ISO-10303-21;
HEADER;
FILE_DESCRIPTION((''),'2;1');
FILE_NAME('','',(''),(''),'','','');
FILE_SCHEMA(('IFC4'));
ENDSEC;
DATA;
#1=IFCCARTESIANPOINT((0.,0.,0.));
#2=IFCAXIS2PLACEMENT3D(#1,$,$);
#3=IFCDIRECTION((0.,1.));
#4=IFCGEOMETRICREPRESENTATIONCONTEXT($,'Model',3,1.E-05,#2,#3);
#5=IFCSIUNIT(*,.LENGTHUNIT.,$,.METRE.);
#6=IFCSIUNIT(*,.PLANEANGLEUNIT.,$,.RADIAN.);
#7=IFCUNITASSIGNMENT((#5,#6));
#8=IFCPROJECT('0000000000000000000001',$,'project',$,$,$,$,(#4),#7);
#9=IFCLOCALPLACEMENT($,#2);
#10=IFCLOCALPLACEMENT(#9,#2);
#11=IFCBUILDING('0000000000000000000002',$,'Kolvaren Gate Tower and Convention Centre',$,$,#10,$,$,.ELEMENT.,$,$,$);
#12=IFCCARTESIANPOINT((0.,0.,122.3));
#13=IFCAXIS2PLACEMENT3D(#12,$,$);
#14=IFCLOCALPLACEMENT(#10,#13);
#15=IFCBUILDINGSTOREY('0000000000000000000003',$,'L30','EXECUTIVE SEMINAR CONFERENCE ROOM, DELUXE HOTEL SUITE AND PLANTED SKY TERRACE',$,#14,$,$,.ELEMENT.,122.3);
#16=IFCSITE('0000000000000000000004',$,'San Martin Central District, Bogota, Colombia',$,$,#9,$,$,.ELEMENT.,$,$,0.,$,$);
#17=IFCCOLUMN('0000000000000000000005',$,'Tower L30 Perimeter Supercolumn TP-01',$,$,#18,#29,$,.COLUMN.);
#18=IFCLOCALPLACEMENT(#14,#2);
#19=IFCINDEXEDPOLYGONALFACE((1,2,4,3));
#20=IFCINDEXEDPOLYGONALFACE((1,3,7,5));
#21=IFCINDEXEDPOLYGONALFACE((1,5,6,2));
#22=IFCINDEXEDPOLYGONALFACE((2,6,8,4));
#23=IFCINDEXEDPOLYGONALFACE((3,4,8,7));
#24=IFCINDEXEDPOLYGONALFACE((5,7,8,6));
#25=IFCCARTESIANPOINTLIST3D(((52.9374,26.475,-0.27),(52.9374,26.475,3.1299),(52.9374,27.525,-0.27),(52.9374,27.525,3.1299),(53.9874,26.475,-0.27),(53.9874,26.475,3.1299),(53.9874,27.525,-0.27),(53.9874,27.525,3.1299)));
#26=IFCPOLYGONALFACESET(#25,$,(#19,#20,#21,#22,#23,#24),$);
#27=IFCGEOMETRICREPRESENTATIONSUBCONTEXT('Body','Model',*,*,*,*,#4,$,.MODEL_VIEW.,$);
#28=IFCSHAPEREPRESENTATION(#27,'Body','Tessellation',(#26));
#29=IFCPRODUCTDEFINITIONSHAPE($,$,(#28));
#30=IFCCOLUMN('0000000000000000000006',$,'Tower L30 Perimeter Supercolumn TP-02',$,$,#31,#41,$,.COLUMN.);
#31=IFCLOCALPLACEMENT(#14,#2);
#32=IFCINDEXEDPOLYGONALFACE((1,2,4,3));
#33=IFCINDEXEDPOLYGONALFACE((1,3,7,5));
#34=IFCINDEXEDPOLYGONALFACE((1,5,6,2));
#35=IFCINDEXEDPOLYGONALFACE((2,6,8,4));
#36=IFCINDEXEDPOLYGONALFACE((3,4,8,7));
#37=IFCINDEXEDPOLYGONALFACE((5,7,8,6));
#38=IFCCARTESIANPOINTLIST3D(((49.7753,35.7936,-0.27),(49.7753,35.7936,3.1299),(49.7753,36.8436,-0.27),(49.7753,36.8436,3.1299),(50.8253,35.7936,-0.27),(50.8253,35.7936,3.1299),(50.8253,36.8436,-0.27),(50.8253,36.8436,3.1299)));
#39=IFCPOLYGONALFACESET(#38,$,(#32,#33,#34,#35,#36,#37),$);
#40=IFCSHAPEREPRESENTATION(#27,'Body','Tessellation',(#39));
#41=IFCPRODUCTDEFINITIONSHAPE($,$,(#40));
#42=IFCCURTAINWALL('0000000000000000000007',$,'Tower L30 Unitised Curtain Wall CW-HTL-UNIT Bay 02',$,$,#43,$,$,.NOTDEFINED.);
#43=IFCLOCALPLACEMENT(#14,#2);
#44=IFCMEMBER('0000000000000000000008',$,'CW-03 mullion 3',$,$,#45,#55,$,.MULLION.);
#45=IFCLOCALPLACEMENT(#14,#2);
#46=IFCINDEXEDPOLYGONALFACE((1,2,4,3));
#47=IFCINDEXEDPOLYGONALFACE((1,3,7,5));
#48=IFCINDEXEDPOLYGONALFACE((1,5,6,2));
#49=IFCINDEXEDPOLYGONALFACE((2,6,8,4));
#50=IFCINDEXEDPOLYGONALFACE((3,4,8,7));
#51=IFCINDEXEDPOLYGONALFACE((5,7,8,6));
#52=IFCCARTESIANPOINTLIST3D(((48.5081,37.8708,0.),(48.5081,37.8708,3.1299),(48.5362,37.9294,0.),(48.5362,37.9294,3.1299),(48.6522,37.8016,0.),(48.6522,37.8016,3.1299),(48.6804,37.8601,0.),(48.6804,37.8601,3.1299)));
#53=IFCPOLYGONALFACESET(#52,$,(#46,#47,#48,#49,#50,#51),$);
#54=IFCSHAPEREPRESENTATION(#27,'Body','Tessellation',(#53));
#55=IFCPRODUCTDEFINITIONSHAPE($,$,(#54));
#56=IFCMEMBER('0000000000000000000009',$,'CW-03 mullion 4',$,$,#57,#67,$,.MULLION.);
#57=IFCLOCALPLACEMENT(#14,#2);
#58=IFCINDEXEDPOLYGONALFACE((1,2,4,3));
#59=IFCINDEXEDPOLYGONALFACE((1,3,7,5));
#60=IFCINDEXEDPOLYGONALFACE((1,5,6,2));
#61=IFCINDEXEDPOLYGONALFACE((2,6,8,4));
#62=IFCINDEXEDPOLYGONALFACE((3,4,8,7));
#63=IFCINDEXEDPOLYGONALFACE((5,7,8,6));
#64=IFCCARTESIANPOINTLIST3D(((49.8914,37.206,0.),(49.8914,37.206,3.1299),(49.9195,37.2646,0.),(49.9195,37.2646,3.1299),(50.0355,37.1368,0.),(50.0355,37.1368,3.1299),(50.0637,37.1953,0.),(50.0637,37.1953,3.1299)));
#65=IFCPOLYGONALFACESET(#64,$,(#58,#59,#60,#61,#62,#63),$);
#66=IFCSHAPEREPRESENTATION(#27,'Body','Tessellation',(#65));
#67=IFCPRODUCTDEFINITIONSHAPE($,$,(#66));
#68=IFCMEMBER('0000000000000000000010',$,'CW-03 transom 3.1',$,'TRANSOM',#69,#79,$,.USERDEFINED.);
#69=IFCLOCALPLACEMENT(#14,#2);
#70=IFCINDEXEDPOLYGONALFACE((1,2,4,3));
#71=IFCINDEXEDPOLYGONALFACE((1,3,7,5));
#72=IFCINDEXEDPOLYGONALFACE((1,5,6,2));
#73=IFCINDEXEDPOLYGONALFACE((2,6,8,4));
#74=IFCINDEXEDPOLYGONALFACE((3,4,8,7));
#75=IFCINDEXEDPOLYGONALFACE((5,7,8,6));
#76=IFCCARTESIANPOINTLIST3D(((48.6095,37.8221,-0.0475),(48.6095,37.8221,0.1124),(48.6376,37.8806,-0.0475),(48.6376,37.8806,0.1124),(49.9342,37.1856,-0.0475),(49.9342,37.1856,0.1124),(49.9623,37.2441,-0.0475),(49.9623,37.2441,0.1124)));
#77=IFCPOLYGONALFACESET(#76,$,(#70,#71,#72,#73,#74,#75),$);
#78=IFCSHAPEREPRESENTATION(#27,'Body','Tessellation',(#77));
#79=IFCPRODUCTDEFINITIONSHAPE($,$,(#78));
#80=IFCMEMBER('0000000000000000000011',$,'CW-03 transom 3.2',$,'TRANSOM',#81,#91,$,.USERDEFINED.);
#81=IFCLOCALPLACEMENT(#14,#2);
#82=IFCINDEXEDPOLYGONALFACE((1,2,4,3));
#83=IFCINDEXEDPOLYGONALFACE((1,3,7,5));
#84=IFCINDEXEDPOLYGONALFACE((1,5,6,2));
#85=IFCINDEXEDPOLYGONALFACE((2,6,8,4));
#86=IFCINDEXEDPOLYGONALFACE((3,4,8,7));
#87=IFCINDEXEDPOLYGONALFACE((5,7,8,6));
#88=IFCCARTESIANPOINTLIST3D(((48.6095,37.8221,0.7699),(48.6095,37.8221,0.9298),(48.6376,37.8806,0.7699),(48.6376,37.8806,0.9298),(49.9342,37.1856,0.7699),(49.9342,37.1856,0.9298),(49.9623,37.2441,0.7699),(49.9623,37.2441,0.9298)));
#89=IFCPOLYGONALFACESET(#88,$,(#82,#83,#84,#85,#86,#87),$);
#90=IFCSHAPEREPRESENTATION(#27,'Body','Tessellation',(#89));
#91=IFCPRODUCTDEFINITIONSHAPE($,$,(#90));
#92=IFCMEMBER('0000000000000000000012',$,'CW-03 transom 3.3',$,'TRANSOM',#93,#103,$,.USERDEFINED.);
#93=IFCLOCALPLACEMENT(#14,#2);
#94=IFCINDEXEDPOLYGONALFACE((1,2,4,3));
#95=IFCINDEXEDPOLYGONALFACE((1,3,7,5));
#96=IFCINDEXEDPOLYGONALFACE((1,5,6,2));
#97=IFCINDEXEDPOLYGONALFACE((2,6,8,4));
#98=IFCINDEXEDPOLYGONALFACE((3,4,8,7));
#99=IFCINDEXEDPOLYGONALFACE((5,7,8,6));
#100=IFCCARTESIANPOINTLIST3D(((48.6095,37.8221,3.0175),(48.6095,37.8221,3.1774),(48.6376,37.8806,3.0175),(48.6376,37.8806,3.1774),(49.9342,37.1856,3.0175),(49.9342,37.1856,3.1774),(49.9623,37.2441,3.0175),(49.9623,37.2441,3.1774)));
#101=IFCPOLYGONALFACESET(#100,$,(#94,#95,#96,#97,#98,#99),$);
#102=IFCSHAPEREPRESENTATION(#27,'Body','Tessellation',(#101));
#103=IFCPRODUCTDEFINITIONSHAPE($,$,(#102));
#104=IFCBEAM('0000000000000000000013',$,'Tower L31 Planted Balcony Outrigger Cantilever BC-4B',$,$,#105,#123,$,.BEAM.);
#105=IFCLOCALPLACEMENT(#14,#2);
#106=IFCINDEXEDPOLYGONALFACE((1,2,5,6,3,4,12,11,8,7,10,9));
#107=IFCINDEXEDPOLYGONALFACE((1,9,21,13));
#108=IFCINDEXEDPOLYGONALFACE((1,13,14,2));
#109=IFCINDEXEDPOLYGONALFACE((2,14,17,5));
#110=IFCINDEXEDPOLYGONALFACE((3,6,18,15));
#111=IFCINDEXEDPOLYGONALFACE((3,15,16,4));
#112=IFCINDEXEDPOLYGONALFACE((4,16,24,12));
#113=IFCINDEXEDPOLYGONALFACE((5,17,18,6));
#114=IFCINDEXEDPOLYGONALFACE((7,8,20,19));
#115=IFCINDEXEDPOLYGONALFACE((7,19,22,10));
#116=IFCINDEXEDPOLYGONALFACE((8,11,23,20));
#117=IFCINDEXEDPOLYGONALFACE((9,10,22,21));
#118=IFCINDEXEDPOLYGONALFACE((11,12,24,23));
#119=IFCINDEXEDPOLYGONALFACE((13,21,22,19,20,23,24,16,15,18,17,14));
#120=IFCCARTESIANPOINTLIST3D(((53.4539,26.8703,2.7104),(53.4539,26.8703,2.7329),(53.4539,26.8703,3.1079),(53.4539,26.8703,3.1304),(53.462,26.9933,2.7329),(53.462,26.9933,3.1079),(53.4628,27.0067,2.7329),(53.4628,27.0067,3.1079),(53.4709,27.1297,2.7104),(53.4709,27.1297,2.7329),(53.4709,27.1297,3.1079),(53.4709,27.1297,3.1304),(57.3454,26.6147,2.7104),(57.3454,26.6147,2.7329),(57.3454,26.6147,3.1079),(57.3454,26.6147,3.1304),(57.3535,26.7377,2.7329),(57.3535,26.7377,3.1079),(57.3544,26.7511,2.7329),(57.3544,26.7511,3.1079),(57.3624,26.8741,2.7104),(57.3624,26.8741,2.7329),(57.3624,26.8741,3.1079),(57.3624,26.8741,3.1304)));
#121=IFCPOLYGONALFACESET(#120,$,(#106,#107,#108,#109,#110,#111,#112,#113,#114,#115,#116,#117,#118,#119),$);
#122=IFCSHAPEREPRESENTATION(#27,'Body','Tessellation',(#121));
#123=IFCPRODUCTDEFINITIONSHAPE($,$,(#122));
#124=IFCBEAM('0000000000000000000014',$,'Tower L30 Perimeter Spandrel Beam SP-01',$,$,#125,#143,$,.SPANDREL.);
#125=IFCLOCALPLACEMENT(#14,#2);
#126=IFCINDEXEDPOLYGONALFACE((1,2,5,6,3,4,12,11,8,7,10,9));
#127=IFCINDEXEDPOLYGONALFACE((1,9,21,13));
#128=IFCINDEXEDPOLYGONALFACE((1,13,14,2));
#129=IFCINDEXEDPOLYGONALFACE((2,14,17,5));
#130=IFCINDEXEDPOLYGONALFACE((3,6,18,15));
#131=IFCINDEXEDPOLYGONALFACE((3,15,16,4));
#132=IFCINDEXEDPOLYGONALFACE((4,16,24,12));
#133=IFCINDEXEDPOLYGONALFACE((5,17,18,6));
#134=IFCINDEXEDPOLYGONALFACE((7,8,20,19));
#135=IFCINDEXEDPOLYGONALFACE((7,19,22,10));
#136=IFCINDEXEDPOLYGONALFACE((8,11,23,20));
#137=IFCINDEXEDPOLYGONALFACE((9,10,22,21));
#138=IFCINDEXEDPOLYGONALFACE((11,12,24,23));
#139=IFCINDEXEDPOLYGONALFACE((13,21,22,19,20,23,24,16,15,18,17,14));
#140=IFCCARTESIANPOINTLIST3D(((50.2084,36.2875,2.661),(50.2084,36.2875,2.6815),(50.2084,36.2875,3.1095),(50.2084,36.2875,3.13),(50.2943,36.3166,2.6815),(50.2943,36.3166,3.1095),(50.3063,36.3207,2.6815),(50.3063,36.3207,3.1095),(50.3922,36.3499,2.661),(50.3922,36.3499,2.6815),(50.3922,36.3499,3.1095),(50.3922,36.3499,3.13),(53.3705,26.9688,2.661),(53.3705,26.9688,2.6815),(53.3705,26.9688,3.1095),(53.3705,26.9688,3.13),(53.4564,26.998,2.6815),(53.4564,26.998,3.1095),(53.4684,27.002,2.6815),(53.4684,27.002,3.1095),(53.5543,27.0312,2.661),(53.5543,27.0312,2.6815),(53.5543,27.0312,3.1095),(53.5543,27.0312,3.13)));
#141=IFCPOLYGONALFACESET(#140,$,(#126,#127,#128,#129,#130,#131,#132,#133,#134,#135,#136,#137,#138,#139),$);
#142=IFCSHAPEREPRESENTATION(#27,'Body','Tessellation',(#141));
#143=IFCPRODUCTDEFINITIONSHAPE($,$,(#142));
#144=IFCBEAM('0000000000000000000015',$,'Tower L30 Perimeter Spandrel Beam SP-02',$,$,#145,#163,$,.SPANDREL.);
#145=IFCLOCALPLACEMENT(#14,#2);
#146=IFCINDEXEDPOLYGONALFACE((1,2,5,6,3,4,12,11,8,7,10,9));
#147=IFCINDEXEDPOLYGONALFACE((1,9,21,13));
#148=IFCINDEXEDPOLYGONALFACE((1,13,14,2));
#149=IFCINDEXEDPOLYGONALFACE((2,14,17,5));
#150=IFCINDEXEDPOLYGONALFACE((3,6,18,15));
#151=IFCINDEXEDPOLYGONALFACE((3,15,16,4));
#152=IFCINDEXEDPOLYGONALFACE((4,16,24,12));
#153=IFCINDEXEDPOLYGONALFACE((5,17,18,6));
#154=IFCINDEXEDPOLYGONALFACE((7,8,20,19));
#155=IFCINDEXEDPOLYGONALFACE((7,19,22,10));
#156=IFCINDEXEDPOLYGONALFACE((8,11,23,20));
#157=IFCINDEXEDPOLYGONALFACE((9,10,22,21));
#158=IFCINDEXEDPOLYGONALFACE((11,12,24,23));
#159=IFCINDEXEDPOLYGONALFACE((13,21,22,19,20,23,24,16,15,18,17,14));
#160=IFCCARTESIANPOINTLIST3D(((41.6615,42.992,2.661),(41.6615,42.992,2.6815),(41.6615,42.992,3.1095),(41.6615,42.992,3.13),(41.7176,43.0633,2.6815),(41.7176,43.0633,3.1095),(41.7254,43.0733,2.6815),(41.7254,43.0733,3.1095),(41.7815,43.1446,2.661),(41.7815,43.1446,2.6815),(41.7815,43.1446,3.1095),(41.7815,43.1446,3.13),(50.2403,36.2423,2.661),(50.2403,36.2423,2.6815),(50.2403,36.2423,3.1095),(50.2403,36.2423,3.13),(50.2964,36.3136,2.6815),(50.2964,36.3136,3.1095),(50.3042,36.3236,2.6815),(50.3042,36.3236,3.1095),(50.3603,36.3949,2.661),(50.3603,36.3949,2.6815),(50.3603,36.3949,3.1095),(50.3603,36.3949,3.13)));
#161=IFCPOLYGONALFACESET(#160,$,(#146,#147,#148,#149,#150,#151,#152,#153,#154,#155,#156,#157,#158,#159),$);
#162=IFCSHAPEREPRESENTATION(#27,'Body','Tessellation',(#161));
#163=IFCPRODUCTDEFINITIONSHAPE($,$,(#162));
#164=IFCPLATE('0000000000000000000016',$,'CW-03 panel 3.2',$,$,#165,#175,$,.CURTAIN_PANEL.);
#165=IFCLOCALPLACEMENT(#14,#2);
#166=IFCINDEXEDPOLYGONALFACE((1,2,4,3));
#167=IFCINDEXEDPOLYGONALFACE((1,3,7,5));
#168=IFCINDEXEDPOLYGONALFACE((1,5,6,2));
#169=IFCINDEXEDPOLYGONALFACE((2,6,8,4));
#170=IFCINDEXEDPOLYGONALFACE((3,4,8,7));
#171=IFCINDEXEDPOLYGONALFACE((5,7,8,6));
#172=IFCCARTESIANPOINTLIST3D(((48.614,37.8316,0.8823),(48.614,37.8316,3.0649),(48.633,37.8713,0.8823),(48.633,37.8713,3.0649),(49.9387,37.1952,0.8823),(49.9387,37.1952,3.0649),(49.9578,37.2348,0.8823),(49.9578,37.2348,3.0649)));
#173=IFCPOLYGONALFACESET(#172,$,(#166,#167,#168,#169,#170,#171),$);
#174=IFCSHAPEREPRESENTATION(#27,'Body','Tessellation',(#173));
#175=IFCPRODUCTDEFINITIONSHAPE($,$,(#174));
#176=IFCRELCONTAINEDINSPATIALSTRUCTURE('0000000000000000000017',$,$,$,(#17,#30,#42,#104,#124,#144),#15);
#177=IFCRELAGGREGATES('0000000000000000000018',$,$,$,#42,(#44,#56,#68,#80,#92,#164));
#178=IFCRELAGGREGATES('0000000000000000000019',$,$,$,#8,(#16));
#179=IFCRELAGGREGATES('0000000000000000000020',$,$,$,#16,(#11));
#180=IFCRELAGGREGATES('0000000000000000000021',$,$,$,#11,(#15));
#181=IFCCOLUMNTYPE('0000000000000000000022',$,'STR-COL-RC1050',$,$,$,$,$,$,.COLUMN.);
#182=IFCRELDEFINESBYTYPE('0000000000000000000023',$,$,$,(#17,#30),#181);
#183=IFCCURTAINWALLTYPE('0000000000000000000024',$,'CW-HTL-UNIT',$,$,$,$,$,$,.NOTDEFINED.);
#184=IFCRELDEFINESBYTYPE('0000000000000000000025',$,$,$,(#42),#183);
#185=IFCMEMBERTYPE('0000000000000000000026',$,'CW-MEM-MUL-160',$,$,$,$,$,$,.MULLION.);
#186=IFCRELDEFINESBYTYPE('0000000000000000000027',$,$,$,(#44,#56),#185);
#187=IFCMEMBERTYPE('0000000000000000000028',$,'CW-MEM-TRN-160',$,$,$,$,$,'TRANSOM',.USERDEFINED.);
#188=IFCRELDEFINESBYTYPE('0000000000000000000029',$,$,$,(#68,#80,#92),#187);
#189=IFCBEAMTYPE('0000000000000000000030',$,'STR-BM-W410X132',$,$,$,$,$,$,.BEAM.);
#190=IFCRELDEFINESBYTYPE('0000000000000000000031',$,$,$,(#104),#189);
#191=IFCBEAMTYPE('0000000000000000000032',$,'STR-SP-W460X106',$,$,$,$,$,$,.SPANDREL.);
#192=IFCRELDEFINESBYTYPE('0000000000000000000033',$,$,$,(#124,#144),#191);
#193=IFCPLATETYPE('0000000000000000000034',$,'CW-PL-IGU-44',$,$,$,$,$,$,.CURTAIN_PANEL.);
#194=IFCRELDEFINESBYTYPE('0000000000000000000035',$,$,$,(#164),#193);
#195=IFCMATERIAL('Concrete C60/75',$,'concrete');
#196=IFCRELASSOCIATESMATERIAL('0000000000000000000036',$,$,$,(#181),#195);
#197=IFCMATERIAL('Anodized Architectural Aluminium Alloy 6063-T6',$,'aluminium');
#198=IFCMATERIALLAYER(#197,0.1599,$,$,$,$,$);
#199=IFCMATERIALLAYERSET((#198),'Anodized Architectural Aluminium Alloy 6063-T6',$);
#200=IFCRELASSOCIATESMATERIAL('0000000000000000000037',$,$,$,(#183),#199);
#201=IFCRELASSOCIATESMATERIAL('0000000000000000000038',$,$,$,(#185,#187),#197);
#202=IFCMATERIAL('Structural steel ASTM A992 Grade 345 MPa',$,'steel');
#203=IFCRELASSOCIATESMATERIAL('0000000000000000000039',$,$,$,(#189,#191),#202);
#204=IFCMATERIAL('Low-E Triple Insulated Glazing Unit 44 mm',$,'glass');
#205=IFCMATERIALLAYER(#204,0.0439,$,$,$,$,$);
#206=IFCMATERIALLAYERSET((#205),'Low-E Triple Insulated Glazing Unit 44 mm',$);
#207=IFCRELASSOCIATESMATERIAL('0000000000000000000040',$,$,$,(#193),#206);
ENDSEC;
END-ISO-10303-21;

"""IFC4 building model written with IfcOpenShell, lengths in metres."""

from ifc_helpers import new_model, si_unit, direction, frame, origin, origin_2d, place, context, subcontext, project, spatial, rectangle, i_section, extrude, material, layer, layer_set, material_profile, profile_set, type_object, element, aggregate, save


model = new_model("IFC4")

# Units and contexts
model_context = context("Model", 3, precision=1e-05, world=origin(), true_north=direction((0.0, 1.0)))
body_context = subcontext(model_context, "Body", "Model", "MODEL_VIEW")
ifc_project = project(units=[si_unit("LENGTHUNIT", "METRE"), si_unit("PLANEANGLEUNIT", "RADIAN")], contexts=[model_context])

# Site, building, storey
site_placement = place(None, origin())
site = spatial("IfcSite", under=ifc_project, at=site_placement, Name="San Martin Central District, Bogota, Colombia", CompositionType="ELEMENT", RefElevation=0.0)
building_placement = place(site_placement, origin())
building = spatial("IfcBuilding", under=site, at=building_placement, Name="Kolvaren Gate Tower and Convention Centre", CompositionType="ELEMENT")
storey_placement = place(building_placement, frame((0.0, 0.0, 122.3)))
storey = spatial("IfcBuildingStorey", under=building, at=storey_placement, Name="L30", Description="EXECUTIVE SEMINAR CONFERENCE ROOM, DELUXE HOTEL SUITE AND PLANTED SKY TERRACE", CompositionType="ELEMENT", Elevation=122.3)

# Columns
ifc_material_1 = material(Name="Concrete C60/75", Category="concrete")
ifc_material_profile_1 = material_profile(ifc_material_1, rectangle(XDim=1.05, YDim=1.05, at=origin_2d()), Name="RC-COL-1050X1050")
ifc_profile_set_1 = profile_set([ifc_material_profile_1], Name="Concrete C60/75")
column_type = type_object("IfcColumnType", Name="STR-COL-RC1050", PredefinedType="COLUMN", material=ifc_profile_set_1)
for number, where, z_axis, x_axis, name in (
    (1, (53.4624, 27.0, -0.27), (0.0, 0.0, 1.0), (1.0, 0.0, 0.0), "Tower L30 Perimeter Supercolumn TP-01"),
    (2, (50.3003, 36.3186, -0.27), (0.0, 0.0, 1.0), (1.0, 0.0, 0.0), "Tower L30 Perimeter Supercolumn TP-02"),
):
    element("IfcColumn", number, at=place(storey_placement, frame(where, z_axis=z_axis, x_axis=x_axis)), inside=storey, type_object=column_type, Name=name, PredefinedType="COLUMN", context=body_context, shape_type="SweptSolid", body=[
        extrude(rectangle(XDim=1.05, YDim=1.05, at=origin_2d()), origin(), (0.0, 0.0, 1.0), 3.3999),
    ])

# Curtain wall, members
ifc_material_2 = material(Name="Anodized Architectural Aluminium Alloy 6063-T6", Category="aluminium")
ifc_layer_1 = layer(ifc_material_2, 0.1599)
ifc_layer_set_1 = layer_set([ifc_layer_1], Name="Anodized Architectural Aluminium Alloy 6063-T6")
curtain_wall_type = type_object("IfcCurtainWallType", Name="CW-HTL-UNIT", PredefinedType="NOTDEFINED", material=ifc_layer_set_1)
curtain_wall_placement = place(storey_placement, origin())
curtain_wall = element("IfcCurtainWall", 3, at=curtain_wall_placement, inside=storey, type_object=curtain_wall_type, Name="Tower L30 Unitised Curtain Wall CW-HTL-UNIT Bay 02", PredefinedType="NOTDEFINED")
ifc_material_profile_2 = material_profile(ifc_material_2, rectangle(XDim=0.0649, YDim=0.1599, at=origin_2d()), Name="CW-MEM-MUL-160")
ifc_profile_set_2 = profile_set([ifc_material_profile_2], Name="Anodized Architectural Aluminium Alloy 6063-T6")
member_type_1 = type_object("IfcMemberType", Name="CW-MEM-MUL-160", PredefinedType="MULLION", material=ifc_profile_set_2)
member_1_placement = place(storey_placement, frame((48.5942, 37.8655, 0.0), z_axis=(0.0, 0.0, 1.0), x_axis=(0.433071, 0.90136, 0.0)))
member_1 = element("IfcMember", 4, at=member_1_placement, type_object=member_type_1, Name="CW-03 mullion 3", PredefinedType="MULLION", context=body_context, shape_type="SweptSolid", body=[
    extrude(rectangle(XDim=0.0649, YDim=0.1599, at=origin_2d()), origin(), (0.0, 0.0, 1.0), 3.1299),
])
member_2_placement = place(storey_placement, frame((49.9775, 37.2007, 0.0), z_axis=(0.0, 0.0, 1.0), x_axis=(0.433071, 0.90136, 0.0)))
member_2 = element("IfcMember", 5, at=member_2_placement, type_object=member_type_1, Name="CW-03 mullion 4", PredefinedType="MULLION", context=body_context, shape_type="SweptSolid", body=[
    extrude(rectangle(XDim=0.0649, YDim=0.1599, at=origin_2d()), origin(), (0.0, 0.0, 1.0), 3.1299),
])
ifc_material_profile_3 = material_profile(ifc_material_2, rectangle(XDim=0.0649, YDim=0.1599, at=origin_2d()), Name="CW-MEM-TRN-160")
ifc_profile_set_3 = profile_set([ifc_material_profile_3], Name="Anodized Architectural Aluminium Alloy 6063-T6")
member_type_2 = type_object("IfcMemberType", Name="CW-MEM-TRN-160", ElementType="TRANSOM", PredefinedType="USERDEFINED", material=ifc_profile_set_3)
member_3_placement = place(storey_placement, frame((48.6235, 37.8513, 0.0325), z_axis=(0.90136, -0.433071, 0.0), x_axis=(0.433071, 0.90136, 0.0)))
member_3 = element("IfcMember", 6, at=member_3_placement, type_object=member_type_2, Name="CW-03 transom 3.1", ObjectType="TRANSOM", PredefinedType="USERDEFINED", context=body_context, shape_type="SweptSolid", body=[
    extrude(rectangle(XDim=0.0649, YDim=0.1599, at=origin_2d()), origin(), (0.0, 0.0, 1.0), 1.4697),
])
member_4_placement = place(storey_placement, frame((48.6235, 37.8513, 0.8499), z_axis=(0.90136, -0.433071, 0.0), x_axis=(0.433071, 0.90136, 0.0)))
member_4 = element("IfcMember", 7, at=member_4_placement, type_object=member_type_2, Name="CW-03 transom 3.2", ObjectType="TRANSOM", PredefinedType="USERDEFINED", context=body_context, shape_type="SweptSolid", body=[
    extrude(rectangle(XDim=0.0649, YDim=0.1599, at=origin_2d()), origin(), (0.0, 0.0, 1.0), 1.4697),
])
member_5_placement = place(storey_placement, frame((48.6235, 37.8513, 3.0974), z_axis=(0.90136, -0.433071, 0.0), x_axis=(0.433071, 0.90136, 0.0)))
member_5 = element("IfcMember", 8, at=member_5_placement, type_object=member_type_2, Name="CW-03 transom 3.3", ObjectType="TRANSOM", PredefinedType="USERDEFINED", context=body_context, shape_type="SweptSolid", body=[
    extrude(rectangle(XDim=0.0649, YDim=0.1599, at=origin_2d()), origin(), (0.0, 0.0, 1.0), 1.4697),
])

# Beams
ifc_material_3 = material(Name="Structural steel ASTM A992 Grade 345 MPa", Category="steel")
ifc_material_profile_4 = material_profile(ifc_material_3, i_section(OverallWidth=0.26, OverallDepth=0.4199, WebThickness=0.0134, FlangeThickness=0.0225, at=origin_2d()), Name="W410X132")
ifc_profile_set_4 = profile_set([ifc_material_profile_4], Name="Structural steel ASTM A992 Grade 345 MPa")
beam_type_1 = type_object("IfcBeamType", Name="STR-BM-W410X132", PredefinedType="BEAM", material=ifc_profile_set_4)
beam_1_placement = place(storey_placement, frame((53.4624, 27.0, 2.9204), z_axis=(0.99785, -0.065543, 0.0), x_axis=(0.065543, 0.99785, 0.0)))
element("IfcBeam", 9, at=beam_1_placement, inside=storey, type_object=beam_type_1, Name="Tower L31 Planted Balcony Outrigger Cantilever BC-4B", PredefinedType="BEAM", context=body_context, shape_type="SweptSolid", body=[
    extrude(i_section(OverallWidth=0.26, OverallDepth=0.4199, WebThickness=0.0134, FlangeThickness=0.0225, at=origin_2d()), origin(), (0.0, 0.0, 1.0), 3.8999),
])
ifc_material_profile_5 = material_profile(ifc_material_3, i_section(OverallWidth=0.1941, OverallDepth=0.469, WebThickness=0.0127, FlangeThickness=0.0205, at=origin_2d()), Name="W460X106")
ifc_profile_set_5 = profile_set([ifc_material_profile_5], Name="Structural steel ASTM A992 Grade 345 MPa")
beam_type_2 = type_object("IfcBeamType", Name="STR-SP-W460X106", PredefinedType="SPANDREL", material=ifc_profile_set_5)
beam_2_placement = place(storey_placement, frame((53.4624, 27.0, 2.8955), z_axis=(-0.321336, 0.946965, 0.0), x_axis=(-0.946965, -0.321336, 0.0)))
element("IfcBeam", 10, at=beam_2_placement, inside=storey, type_object=beam_type_2, Name="Tower L30 Perimeter Spandrel Beam SP-01", PredefinedType="SPANDREL", context=body_context, shape_type="SweptSolid", body=[
    extrude(i_section(OverallWidth=0.1941, OverallDepth=0.469, WebThickness=0.0127, FlangeThickness=0.0205, at=origin_2d()), origin(), (0.0, 0.0, 1.0), 9.8406),
])
beam_3_placement = place(storey_placement, frame((50.3003, 36.3186, 2.8955), z_axis=(-0.785908, 0.618344, 0.0), x_axis=(-0.618344, -0.785908, 0.0)))
element("IfcBeam", 11, at=beam_3_placement, inside=storey, type_object=beam_type_2, Name="Tower L30 Perimeter Spandrel Beam SP-02", PredefinedType="SPANDREL", context=body_context, shape_type="SweptSolid", body=[
    extrude(i_section(OverallWidth=0.1941, OverallDepth=0.469, WebThickness=0.0127, FlangeThickness=0.0205, at=origin_2d()), origin(), (0.0, 0.0, 1.0), 10.9158),
])

# Plate
ifc_material_4 = material(Name="Low-E Triple Insulated Glazing Unit 44 mm", Category="glass")
ifc_layer_2 = layer(ifc_material_4, 0.0439)
ifc_layer_set_2 = layer_set([ifc_layer_2], Name="Low-E Triple Insulated Glazing Unit 44 mm")
plate_type_1 = type_object("IfcPlateType", Name="CW-PL-IGU-44", PredefinedType="CURTAIN_PANEL", material=ifc_layer_set_2)
plate_1_placement = place(storey_placement, frame((49.2859, 37.5332, 0.8823), z_axis=(0.0, 0.0, 1.0), x_axis=(0.90136, -0.433071, 0.0)))
plate_1 = element("IfcPlate", 12, at=plate_1_placement, type_object=plate_type_1, Name="CW-03 panel 3.2", PredefinedType="CURTAIN_PANEL", context=body_context, shape_type="SweptSolid", body=[
    extrude(rectangle(XDim=1.4697, YDim=0.0439, at=origin_2d()), origin(), (0.0, 0.0, 1.0), 2.1826),
])
aggregate(curtain_wall, [member_1, member_2, member_3, member_4, member_5, plate_1])

save(model, "model.ifc")
